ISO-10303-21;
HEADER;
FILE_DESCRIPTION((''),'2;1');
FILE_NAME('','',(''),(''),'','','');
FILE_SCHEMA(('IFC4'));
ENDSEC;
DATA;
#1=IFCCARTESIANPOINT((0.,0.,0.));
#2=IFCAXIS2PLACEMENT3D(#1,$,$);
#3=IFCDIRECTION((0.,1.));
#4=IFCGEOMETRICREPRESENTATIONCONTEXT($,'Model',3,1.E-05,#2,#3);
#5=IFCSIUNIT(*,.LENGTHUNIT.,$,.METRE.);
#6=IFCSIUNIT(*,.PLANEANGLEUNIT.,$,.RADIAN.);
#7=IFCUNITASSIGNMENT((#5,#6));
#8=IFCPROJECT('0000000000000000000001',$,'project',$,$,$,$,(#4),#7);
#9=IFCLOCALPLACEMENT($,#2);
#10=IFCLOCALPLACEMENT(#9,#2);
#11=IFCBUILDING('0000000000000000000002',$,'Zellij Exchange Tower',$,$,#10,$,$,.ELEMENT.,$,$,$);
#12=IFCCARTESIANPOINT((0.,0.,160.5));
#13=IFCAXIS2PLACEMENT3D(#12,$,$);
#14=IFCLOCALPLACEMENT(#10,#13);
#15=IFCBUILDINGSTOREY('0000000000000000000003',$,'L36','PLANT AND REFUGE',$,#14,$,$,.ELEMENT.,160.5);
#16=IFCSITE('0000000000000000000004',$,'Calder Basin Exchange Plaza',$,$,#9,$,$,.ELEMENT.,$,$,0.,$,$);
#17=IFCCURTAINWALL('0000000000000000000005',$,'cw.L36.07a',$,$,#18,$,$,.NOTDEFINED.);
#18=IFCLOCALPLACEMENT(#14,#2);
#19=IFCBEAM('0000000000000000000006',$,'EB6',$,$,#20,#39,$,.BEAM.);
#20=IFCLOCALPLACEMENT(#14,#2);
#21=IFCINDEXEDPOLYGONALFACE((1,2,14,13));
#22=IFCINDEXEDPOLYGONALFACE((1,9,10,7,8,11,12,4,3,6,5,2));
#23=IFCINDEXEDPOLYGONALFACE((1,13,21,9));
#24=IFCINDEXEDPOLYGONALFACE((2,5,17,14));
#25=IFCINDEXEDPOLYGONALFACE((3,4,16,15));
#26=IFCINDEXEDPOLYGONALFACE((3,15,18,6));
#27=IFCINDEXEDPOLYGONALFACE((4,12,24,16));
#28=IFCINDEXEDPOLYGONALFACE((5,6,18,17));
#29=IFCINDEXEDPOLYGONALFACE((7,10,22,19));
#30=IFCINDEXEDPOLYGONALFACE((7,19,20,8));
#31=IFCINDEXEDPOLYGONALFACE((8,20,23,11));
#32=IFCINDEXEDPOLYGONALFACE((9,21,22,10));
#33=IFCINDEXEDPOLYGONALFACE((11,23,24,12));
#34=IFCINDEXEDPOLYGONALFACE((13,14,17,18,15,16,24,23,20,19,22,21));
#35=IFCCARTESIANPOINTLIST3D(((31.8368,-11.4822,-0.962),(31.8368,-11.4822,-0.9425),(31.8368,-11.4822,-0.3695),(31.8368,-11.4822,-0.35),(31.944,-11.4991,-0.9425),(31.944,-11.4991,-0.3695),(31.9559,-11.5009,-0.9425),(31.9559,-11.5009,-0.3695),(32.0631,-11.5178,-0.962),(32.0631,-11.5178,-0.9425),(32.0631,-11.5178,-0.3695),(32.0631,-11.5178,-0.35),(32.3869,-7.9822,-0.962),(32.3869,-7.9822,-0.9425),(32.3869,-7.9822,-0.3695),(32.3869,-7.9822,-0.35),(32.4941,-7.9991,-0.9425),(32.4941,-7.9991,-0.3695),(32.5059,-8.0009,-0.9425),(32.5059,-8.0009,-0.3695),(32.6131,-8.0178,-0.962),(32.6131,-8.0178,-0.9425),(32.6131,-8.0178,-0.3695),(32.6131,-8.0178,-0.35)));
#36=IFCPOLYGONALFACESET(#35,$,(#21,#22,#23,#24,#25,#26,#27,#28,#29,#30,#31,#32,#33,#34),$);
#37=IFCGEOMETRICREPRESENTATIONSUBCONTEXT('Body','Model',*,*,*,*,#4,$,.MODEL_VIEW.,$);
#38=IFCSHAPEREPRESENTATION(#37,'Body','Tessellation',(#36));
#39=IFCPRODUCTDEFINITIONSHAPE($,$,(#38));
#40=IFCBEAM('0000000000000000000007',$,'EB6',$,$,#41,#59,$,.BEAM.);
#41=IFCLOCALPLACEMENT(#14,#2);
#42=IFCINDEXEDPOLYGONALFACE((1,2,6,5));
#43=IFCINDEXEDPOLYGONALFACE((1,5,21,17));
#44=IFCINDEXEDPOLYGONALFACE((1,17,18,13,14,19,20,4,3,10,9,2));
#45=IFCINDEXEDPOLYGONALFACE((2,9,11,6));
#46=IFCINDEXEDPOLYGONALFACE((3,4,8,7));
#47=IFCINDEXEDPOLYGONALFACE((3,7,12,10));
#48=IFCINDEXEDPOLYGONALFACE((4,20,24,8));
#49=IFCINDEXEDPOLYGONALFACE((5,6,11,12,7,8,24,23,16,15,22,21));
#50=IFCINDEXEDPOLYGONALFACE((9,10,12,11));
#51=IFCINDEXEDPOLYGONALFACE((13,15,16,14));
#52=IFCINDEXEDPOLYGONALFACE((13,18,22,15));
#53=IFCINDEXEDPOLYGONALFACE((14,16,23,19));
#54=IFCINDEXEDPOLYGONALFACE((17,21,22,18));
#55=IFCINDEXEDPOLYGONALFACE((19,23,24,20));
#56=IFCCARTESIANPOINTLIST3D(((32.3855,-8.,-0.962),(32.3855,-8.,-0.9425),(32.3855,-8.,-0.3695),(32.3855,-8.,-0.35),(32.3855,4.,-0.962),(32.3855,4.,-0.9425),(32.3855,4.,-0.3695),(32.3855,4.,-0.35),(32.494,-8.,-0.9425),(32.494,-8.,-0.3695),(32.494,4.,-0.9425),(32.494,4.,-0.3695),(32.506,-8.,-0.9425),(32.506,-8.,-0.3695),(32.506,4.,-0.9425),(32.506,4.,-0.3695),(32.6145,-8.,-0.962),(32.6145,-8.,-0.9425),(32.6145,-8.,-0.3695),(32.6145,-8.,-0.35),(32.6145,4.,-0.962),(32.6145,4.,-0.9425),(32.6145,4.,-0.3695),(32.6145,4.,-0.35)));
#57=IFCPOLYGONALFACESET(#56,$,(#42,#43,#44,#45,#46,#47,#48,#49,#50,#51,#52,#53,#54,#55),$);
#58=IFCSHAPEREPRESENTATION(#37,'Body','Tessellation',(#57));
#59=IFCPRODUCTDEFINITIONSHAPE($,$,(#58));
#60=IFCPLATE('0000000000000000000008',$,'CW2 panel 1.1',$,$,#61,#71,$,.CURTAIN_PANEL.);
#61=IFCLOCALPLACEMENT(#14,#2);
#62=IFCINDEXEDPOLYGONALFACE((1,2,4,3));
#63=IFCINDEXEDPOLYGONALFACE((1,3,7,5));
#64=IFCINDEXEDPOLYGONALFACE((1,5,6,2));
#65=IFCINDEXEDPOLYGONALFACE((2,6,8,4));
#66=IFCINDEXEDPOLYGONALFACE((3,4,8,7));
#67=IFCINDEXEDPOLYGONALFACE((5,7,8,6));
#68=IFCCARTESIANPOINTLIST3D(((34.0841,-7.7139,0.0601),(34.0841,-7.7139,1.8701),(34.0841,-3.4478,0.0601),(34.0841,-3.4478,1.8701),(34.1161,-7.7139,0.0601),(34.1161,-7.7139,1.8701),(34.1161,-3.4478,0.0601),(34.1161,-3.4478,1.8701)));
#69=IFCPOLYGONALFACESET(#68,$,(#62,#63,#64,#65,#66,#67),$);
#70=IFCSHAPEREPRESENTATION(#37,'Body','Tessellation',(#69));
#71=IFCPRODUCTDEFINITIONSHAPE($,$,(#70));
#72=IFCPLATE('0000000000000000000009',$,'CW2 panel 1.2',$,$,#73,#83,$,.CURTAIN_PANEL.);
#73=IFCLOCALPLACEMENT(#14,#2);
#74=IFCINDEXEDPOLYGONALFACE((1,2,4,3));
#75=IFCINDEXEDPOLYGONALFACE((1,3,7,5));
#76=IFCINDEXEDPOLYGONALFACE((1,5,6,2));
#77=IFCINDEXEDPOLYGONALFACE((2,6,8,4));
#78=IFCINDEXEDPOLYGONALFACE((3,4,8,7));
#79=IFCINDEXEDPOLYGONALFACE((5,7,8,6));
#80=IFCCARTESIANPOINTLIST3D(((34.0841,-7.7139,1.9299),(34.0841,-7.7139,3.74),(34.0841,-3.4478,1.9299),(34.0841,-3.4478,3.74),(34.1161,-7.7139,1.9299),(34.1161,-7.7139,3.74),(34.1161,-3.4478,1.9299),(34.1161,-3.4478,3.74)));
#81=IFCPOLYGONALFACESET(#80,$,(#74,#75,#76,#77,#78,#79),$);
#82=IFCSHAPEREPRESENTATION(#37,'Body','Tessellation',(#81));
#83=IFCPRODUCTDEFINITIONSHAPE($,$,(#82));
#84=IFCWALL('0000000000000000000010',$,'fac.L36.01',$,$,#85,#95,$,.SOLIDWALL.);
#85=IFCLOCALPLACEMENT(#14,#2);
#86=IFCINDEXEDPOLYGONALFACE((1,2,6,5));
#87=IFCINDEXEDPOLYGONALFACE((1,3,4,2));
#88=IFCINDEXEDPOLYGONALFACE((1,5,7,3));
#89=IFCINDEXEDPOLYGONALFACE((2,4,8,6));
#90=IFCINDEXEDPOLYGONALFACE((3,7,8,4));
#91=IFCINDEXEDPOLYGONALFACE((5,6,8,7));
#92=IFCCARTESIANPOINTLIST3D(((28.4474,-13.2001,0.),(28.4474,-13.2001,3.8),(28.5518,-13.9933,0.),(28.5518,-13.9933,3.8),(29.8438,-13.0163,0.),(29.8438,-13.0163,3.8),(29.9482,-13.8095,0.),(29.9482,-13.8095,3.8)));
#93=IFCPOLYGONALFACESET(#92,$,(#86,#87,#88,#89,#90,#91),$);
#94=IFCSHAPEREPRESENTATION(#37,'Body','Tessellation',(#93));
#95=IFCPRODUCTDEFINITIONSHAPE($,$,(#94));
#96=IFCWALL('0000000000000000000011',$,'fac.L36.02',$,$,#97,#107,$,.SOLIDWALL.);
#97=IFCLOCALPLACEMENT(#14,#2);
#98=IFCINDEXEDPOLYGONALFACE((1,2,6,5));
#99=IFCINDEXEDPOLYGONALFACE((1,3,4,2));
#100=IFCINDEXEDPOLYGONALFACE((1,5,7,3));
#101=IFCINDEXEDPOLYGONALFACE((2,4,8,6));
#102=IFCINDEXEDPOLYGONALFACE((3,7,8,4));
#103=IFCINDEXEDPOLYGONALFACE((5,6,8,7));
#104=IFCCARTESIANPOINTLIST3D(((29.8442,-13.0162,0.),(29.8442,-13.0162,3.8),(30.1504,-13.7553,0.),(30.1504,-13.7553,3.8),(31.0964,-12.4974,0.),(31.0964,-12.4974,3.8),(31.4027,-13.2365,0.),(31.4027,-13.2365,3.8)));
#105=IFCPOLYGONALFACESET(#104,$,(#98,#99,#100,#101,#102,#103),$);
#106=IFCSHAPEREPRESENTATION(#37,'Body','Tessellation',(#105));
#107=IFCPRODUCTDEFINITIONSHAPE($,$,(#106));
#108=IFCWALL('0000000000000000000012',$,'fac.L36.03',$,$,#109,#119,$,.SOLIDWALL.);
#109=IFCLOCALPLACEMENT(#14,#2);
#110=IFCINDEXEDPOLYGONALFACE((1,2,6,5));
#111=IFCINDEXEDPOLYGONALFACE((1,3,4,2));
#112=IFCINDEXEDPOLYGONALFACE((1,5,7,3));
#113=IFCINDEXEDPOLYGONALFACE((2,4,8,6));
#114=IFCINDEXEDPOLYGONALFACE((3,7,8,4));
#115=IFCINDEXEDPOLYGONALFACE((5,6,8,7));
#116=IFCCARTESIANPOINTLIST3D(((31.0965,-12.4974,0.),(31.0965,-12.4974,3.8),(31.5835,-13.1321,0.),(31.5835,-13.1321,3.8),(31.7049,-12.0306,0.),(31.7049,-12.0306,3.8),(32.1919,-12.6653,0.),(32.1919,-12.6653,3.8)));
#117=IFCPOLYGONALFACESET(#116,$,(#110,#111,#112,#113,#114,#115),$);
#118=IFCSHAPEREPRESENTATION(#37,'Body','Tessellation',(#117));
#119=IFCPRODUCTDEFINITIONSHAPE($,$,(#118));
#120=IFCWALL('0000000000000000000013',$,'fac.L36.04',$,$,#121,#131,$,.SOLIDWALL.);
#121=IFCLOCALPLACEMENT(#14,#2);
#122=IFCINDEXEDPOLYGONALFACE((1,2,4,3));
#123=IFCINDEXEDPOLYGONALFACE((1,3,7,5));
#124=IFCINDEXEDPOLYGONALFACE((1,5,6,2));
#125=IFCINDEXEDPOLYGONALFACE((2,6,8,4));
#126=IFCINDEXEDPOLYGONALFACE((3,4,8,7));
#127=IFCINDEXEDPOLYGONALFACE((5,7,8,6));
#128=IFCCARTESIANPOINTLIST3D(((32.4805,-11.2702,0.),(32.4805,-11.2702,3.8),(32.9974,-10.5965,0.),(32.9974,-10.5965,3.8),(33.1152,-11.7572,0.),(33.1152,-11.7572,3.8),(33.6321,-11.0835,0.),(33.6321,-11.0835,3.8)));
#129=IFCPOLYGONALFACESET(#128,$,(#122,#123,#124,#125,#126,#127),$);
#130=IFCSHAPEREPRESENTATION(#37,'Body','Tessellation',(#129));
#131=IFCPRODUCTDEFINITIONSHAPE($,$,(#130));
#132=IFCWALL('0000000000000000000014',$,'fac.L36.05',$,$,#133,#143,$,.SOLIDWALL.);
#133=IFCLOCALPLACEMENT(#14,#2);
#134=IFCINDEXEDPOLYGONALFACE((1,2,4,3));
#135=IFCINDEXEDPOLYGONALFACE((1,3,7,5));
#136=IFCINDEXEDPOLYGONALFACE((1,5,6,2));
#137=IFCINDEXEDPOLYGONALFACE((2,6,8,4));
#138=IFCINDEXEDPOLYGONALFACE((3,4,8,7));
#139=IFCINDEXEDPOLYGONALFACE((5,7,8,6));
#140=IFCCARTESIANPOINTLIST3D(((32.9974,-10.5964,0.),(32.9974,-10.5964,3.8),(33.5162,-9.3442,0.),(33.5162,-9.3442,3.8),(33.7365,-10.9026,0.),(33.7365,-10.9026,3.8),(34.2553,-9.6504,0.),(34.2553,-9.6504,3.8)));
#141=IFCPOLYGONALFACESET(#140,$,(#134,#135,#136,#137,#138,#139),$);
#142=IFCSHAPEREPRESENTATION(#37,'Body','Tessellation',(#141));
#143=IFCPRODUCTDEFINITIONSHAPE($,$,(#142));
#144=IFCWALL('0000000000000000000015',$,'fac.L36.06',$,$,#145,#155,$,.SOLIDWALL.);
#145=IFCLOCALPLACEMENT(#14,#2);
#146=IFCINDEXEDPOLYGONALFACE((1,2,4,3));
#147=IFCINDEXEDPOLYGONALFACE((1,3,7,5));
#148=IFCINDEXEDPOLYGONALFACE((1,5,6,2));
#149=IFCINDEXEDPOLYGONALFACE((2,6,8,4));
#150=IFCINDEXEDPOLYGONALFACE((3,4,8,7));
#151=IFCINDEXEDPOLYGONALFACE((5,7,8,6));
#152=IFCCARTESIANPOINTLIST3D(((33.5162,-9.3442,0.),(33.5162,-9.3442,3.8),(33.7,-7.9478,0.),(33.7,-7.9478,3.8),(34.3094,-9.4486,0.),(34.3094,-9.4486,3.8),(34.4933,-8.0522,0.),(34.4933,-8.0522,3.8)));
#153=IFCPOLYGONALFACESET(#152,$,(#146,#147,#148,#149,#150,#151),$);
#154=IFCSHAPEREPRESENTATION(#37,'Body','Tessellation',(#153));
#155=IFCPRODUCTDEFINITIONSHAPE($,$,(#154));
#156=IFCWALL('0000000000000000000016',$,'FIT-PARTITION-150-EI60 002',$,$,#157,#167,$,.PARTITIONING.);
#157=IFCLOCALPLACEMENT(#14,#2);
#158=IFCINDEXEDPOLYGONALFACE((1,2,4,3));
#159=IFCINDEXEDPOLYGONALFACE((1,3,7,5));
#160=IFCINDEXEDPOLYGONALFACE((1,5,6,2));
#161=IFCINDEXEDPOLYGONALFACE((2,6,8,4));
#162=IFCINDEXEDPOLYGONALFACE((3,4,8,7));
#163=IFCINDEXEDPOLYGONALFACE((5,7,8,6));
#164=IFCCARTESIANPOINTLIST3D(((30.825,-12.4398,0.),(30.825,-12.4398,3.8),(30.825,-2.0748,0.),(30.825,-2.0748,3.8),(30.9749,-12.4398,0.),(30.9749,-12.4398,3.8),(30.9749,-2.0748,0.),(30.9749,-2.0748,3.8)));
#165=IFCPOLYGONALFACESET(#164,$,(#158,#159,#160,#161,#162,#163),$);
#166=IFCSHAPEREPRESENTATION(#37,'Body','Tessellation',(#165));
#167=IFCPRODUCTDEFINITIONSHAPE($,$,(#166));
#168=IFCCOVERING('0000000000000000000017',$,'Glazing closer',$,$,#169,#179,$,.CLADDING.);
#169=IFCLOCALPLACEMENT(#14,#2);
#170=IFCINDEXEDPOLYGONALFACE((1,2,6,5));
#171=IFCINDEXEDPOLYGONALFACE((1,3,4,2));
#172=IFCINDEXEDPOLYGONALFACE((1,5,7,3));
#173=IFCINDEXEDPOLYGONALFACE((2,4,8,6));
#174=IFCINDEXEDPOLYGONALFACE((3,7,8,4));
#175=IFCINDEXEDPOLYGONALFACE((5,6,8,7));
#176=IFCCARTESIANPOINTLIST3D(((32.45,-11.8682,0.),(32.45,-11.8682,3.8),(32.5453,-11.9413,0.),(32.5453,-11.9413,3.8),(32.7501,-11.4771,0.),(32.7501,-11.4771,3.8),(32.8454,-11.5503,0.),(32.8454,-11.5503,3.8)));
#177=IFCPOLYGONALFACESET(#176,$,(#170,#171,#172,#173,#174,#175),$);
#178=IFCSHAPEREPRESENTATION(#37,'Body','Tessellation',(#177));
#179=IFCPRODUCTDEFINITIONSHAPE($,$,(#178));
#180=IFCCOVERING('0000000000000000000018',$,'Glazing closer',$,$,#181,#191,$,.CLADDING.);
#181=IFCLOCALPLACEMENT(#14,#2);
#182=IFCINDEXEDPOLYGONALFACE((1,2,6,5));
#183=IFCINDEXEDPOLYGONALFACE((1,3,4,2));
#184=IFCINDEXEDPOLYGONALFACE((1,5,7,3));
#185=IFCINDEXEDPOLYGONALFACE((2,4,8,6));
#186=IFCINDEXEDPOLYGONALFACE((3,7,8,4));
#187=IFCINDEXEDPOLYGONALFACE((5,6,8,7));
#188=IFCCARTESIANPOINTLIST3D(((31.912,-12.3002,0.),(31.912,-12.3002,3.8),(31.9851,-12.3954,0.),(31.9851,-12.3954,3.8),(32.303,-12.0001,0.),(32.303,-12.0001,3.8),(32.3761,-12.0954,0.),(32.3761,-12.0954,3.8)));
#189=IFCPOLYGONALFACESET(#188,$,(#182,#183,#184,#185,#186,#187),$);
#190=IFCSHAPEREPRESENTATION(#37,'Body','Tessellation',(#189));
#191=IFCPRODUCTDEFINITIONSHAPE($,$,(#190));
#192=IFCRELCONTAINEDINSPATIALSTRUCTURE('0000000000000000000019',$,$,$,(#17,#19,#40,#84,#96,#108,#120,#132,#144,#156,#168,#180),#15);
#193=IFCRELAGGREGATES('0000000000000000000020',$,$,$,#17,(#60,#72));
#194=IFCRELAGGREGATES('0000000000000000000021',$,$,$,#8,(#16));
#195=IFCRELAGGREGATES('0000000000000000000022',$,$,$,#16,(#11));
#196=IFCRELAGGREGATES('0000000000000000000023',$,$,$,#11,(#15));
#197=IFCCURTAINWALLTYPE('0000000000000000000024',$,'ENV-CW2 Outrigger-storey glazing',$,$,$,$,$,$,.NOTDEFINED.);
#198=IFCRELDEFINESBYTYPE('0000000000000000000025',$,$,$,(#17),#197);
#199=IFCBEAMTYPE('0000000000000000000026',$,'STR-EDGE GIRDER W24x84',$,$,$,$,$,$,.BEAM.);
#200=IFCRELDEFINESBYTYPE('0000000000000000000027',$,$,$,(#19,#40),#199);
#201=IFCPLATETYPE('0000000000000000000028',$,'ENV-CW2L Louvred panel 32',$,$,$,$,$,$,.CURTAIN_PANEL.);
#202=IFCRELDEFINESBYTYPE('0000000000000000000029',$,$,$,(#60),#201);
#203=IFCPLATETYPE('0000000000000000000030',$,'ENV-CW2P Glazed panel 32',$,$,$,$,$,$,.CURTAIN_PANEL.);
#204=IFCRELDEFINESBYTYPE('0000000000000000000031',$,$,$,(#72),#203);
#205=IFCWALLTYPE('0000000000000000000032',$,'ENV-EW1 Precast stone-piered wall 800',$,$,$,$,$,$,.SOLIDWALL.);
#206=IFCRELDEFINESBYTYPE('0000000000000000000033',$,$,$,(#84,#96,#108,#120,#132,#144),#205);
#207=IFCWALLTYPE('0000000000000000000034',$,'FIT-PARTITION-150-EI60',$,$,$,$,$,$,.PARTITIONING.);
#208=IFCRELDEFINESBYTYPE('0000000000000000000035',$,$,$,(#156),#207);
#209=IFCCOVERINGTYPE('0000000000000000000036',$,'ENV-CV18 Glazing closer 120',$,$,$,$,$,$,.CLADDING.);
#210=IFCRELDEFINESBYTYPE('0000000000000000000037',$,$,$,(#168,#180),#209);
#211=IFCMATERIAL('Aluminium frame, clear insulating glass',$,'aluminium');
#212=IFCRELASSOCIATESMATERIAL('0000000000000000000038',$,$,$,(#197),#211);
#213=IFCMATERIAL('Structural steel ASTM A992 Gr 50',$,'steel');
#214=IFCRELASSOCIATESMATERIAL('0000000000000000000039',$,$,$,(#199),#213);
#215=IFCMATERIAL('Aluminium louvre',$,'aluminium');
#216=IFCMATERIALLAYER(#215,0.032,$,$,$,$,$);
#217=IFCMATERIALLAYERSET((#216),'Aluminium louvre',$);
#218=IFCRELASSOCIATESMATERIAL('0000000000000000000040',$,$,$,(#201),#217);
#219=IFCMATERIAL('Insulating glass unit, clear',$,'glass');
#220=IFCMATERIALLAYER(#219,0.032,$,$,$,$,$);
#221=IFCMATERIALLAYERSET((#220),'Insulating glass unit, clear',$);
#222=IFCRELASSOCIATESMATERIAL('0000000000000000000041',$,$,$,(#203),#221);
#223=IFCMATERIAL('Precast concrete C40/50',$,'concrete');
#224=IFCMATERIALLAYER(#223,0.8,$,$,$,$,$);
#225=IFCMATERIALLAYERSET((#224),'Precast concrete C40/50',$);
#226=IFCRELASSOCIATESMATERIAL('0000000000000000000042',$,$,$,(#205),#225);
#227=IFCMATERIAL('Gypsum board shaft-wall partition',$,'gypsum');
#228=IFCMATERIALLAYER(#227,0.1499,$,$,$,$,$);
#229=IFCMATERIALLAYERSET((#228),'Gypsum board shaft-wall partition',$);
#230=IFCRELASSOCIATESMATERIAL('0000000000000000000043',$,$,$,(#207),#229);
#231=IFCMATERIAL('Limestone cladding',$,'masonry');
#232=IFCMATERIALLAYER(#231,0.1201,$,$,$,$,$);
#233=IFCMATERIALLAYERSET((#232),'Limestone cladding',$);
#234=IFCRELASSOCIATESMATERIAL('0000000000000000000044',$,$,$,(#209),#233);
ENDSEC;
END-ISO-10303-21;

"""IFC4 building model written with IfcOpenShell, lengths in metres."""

from ifc_helpers import new_model, si_unit, direction, frame, frame_2d, origin, origin_2d, place, context, subcontext, project, spatial, rectangle, i_section, extrude, material, layer, layer_set, material_profile, profile_set, type_object, element, aggregate, save


model = new_model("IFC4")

# Units and contexts
model_context = context("Model", 3, precision=1e-05, world=origin(), true_north=direction((0.0, 1.0)))
body_context = subcontext(model_context, "Body", "Model", "MODEL_VIEW")
ifc_project = project(units=[si_unit("LENGTHUNIT", "METRE"), si_unit("PLANEANGLEUNIT", "RADIAN")], contexts=[model_context])

# Site, building, storey
site_placement = place(None, origin())
site = spatial("IfcSite", under=ifc_project, at=site_placement, Name="Calder Basin Exchange Plaza", CompositionType="ELEMENT", RefElevation=0.0)
building_placement = place(site_placement, origin())
building = spatial("IfcBuilding", under=site, at=building_placement, Name="Zellij Exchange Tower", CompositionType="ELEMENT")
storey_placement = place(building_placement, frame((0.0, 0.0, 160.5)))
storey = spatial("IfcBuildingStorey", under=building, at=storey_placement, Name="L36", Description="PLANT AND REFUGE", CompositionType="ELEMENT", Elevation=160.5)

# Curtain wall
ifc_material_1 = material(Name="Aluminium frame, clear insulating glass", Category="aluminium")
curtain_wall_type = type_object("IfcCurtainWallType", Name="ENV-CW2 Outrigger-storey glazing", PredefinedType="NOTDEFINED", material=ifc_material_1)
curtain_wall_placement = place(storey_placement, origin())
curtain_wall = element("IfcCurtainWall", 1, at=curtain_wall_placement, inside=storey, type_object=curtain_wall_type, Name="cw.L36.07a", PredefinedType="NOTDEFINED")

# Shared definitions
ifc_material_2 = material(Name="Structural steel ASTM A992 Gr 50", Category="steel")

# Beams
ifc_material_profile_1 = material_profile(ifc_material_2, i_section(OverallWidth=0.229, OverallDepth=0.6121, WebThickness=0.012, FlangeThickness=0.0195, at=origin_2d()), Name="W24x84")
ifc_profile_set_1 = profile_set([ifc_material_profile_1], Name="Structural steel ASTM A992 Gr 50")
beam_type = type_object("IfcBeamType", Name="STR-EDGE GIRDER W24x84", PredefinedType="BEAM", material=ifc_profile_set_1)
beam_1_placement = place(storey_placement, frame((31.95, -11.5, -0.656), z_axis=(0.155251, 0.987875, 0.0), x_axis=(-0.987875, 0.155251, 0.0)))
element("IfcBeam", 2, at=beam_1_placement, inside=storey, type_object=beam_type, Name="EB6", PredefinedType="BEAM", context=body_context, shape_type="SweptSolid", body=[
    extrude(i_section(OverallWidth=0.229, OverallDepth=0.6121, WebThickness=0.012, FlangeThickness=0.0195, at=origin_2d()), origin(), (0.0, 0.0, 1.0), 3.543),
])
beam_2_placement = place(storey_placement, frame((32.5, -8.0, -0.656), z_axis=(0.0, 1.0, 0.0), x_axis=(-1.0, 0.0, 0.0)))
element("IfcBeam", 3, at=beam_2_placement, inside=storey, type_object=beam_type, Name="EB6", PredefinedType="BEAM", context=body_context, shape_type="SweptSolid", body=[
    extrude(i_section(OverallWidth=0.229, OverallDepth=0.6121, WebThickness=0.012, FlangeThickness=0.0195, at=origin_2d()), origin(), (0.0, 0.0, 1.0), 12.0),
])

# Plates
ifc_material_3 = material(Name="Aluminium louvre", Category="aluminium")
ifc_layer_1 = layer(ifc_material_3, 0.032)
ifc_layer_set_1 = layer_set([ifc_layer_1], Name="Aluminium louvre")
plate_type_1 = type_object("IfcPlateType", Name="ENV-CW2L Louvred panel 32", PredefinedType="CURTAIN_PANEL", material=ifc_layer_set_1)
plate_1_placement = place(storey_placement, frame((34.1001, -5.5808, 0.0601), z_axis=(0.0, 0.0, 1.0), x_axis=(0.0, 1.0, 0.0)))
plate_1 = element("IfcPlate", 4, at=plate_1_placement, type_object=plate_type_1, Name="CW2 panel 1.1", PredefinedType="CURTAIN_PANEL", context=body_context, shape_type="SweptSolid", body=[
    extrude(rectangle(XDim=4.2661, YDim=0.032, at=origin_2d()), origin(), (0.0, 0.0, 1.0), 1.8101),
])
ifc_material_4 = material(Name="Insulating glass unit, clear", Category="glass")
ifc_layer_2 = layer(ifc_material_4, 0.032)
ifc_layer_set_2 = layer_set([ifc_layer_2], Name="Insulating glass unit, clear")
plate_type_2 = type_object("IfcPlateType", Name="ENV-CW2P Glazed panel 32", PredefinedType="CURTAIN_PANEL", material=ifc_layer_set_2)
plate_2_placement = place(storey_placement, frame((34.1001, -5.5808, 1.9299), z_axis=(0.0, 0.0, 1.0), x_axis=(0.0, 1.0, 0.0)))
plate_2 = element("IfcPlate", 5, at=plate_2_placement, type_object=plate_type_2, Name="CW2 panel 1.2", PredefinedType="CURTAIN_PANEL", context=body_context, shape_type="SweptSolid", body=[
    extrude(rectangle(XDim=4.2661, YDim=0.032, at=origin_2d()), origin(), (0.0, 0.0, 1.0), 1.8101),
])
aggregate(curtain_wall, [plate_1, plate_2])

# Walls
ifc_material_5 = material(Name="Precast concrete C40/50", Category="concrete")
ifc_layer_3 = layer(ifc_material_5, 0.8)
ifc_layer_set_3 = layer_set([ifc_layer_3], Name="Precast concrete C40/50")
wall_type_1 = type_object("IfcWallType", Name="ENV-EW1 Precast stone-piered wall 800", PredefinedType="SOLIDWALL", material=ifc_layer_set_3)
wall_1_placement = place(storey_placement, frame((28.4998, -13.5967, 0.0), z_axis=(0.0, 0.0, 1.0), x_axis=(0.991446, 0.130517, 0.0)))
element("IfcWall", 6, at=wall_1_placement, inside=storey, type_object=wall_type_1, Name="fac.L36.01", PredefinedType="SOLIDWALL", context=body_context, shape_type="SweptSolid", body=[
    extrude(rectangle(XDim=1.4084, YDim=0.8, at=frame_2d((0.7041, 0.0))), origin(), (0.0, 0.0, 1.0), 3.8),
])
wall_2_placement = place(storey_placement, frame((29.9973, -13.3857, 0.0), z_axis=(0.0, 0.0, 1.0), x_axis=(0.923848, 0.38276, 0.0)))
element("IfcWall", 7, at=wall_2_placement, inside=storey, type_object=wall_type_1, Name="fac.L36.02", PredefinedType="SOLIDWALL", context=body_context, shape_type="SweptSolid", body=[
    extrude(rectangle(XDim=1.3555, YDim=0.8, at=frame_2d((0.6777, 0.0))), origin(), (0.0, 0.0, 1.0), 3.8),
])
wall_3_placement = place(storey_placement, frame((31.3401, -12.8147, 0.0), z_axis=(0.0, 0.0, 1.0), x_axis=(0.793381, 0.608726, 0.0)))
element("IfcWall", 8, at=wall_3_placement, inside=storey, type_object=wall_type_1, Name="fac.L36.03", PredefinedType="SOLIDWALL", context=body_context, shape_type="SweptSolid", body=[
    extrude(rectangle(XDim=0.7668, YDim=0.8, at=frame_2d((0.3833, 0.0))), origin(), (0.0, 0.0, 1.0), 3.8),
])
wall_4_placement = place(storey_placement, frame((32.7979, -11.5137, 0.0), z_axis=(0.0, 0.0, 1.0), x_axis=(0.608751, 0.793361, 0.0)))
element("IfcWall", 9, at=wall_4_placement, inside=storey, type_object=wall_type_1, Name="fac.L36.04", PredefinedType="SOLIDWALL", context=body_context, shape_type="SweptSolid", body=[
    extrude(rectangle(XDim=0.8491, YDim=0.8, at=frame_2d((0.4246, 0.0))), origin(), (0.0, 0.0, 1.0), 3.8),
])
wall_5_placement = place(storey_placement, frame((33.3669, -10.7495, 0.0), z_axis=(0.0, 0.0, 1.0), x_axis=(0.38276, 0.923848, 0.0)))
element("IfcWall", 10, at=wall_5_placement, inside=storey, type_object=wall_type_1, Name="fac.L36.05", PredefinedType="SOLIDWALL", context=body_context, shape_type="SweptSolid", body=[
    extrude(rectangle(XDim=1.3555, YDim=0.8, at=frame_2d((0.6777, 0.0))), origin(), (0.0, 0.0, 1.0), 3.8),
])
wall_6_placement = place(storey_placement, frame((33.9128, -9.3962, 0.0), z_axis=(0.0, 0.0, 1.0), x_axis=(0.130517, 0.991446, 0.0)))
element("IfcWall", 11, at=wall_6_placement, inside=storey, type_object=wall_type_1, Name="fac.L36.06", PredefinedType="SOLIDWALL", context=body_context, shape_type="SweptSolid", body=[
    extrude(rectangle(XDim=1.4084, YDim=0.8, at=frame_2d((0.7041, 0.0))), origin(), (0.0, 0.0, 1.0), 3.8),
])
ifc_material_6 = material(Name="Gypsum board shaft-wall partition", Category="gypsum")
ifc_layer_4 = layer(ifc_material_6, 0.1499)
ifc_layer_set_4 = layer_set([ifc_layer_4], Name="Gypsum board shaft-wall partition")
wall_type_2 = type_object("IfcWallType", Name="FIT-PARTITION-150-EI60", PredefinedType="PARTITIONING", material=ifc_layer_set_4)
wall_7_placement = place(storey_placement, frame((30.8999, -12.4399, 0.0), z_axis=(0.0, 0.0, 1.0), x_axis=(0.0, 1.0, 0.0)))
element("IfcWall", 12, at=wall_7_placement, inside=storey, type_object=wall_type_2, Name="FIT-PARTITION-150-EI60 002", PredefinedType="PARTITIONING", context=body_context, shape_type="SweptSolid", body=[
    extrude(rectangle(XDim=10.365, YDim=0.1499, at=frame_2d((5.1826, 0.0))), origin(), (0.0, 0.0, 1.0), 3.8),
])

# Coverings
ifc_material_7 = material(Name="Limestone cladding", Category="masonry")
ifc_layer_5 = layer(ifc_material_7, 0.1201)
ifc_layer_set_5 = layer_set([ifc_layer_5], Name="Limestone cladding")
covering_type = type_object("IfcCoveringType", Name="ENV-CV18 Glazing closer 120", PredefinedType="CLADDING", material=ifc_layer_set_5)
for number, where, z_axis, x_axis, name in (
    (13, (32.6477, -11.7092, 0.0), (0.0, 0.0, 1.0), (-0.60881, -0.793316, 0.0), "Glazing closer"),
    (14, (32.144, -12.1978, 0.0), (0.0, 0.0, 1.0), (0.793316, 0.60881, 0.0), "Glazing closer"),
):
    element("IfcCovering", number, at=place(storey_placement, frame(where, z_axis=z_axis, x_axis=x_axis)), inside=storey, type_object=covering_type, Name=name, PredefinedType="CLADDING", context=body_context, shape_type="SweptSolid", body=[
        extrude(rectangle(XDim=0.4929, YDim=0.1201, at=origin_2d()), origin(), (0.0, 0.0, 1.0), 3.8),
    ])

save(model, "model.ifc")
